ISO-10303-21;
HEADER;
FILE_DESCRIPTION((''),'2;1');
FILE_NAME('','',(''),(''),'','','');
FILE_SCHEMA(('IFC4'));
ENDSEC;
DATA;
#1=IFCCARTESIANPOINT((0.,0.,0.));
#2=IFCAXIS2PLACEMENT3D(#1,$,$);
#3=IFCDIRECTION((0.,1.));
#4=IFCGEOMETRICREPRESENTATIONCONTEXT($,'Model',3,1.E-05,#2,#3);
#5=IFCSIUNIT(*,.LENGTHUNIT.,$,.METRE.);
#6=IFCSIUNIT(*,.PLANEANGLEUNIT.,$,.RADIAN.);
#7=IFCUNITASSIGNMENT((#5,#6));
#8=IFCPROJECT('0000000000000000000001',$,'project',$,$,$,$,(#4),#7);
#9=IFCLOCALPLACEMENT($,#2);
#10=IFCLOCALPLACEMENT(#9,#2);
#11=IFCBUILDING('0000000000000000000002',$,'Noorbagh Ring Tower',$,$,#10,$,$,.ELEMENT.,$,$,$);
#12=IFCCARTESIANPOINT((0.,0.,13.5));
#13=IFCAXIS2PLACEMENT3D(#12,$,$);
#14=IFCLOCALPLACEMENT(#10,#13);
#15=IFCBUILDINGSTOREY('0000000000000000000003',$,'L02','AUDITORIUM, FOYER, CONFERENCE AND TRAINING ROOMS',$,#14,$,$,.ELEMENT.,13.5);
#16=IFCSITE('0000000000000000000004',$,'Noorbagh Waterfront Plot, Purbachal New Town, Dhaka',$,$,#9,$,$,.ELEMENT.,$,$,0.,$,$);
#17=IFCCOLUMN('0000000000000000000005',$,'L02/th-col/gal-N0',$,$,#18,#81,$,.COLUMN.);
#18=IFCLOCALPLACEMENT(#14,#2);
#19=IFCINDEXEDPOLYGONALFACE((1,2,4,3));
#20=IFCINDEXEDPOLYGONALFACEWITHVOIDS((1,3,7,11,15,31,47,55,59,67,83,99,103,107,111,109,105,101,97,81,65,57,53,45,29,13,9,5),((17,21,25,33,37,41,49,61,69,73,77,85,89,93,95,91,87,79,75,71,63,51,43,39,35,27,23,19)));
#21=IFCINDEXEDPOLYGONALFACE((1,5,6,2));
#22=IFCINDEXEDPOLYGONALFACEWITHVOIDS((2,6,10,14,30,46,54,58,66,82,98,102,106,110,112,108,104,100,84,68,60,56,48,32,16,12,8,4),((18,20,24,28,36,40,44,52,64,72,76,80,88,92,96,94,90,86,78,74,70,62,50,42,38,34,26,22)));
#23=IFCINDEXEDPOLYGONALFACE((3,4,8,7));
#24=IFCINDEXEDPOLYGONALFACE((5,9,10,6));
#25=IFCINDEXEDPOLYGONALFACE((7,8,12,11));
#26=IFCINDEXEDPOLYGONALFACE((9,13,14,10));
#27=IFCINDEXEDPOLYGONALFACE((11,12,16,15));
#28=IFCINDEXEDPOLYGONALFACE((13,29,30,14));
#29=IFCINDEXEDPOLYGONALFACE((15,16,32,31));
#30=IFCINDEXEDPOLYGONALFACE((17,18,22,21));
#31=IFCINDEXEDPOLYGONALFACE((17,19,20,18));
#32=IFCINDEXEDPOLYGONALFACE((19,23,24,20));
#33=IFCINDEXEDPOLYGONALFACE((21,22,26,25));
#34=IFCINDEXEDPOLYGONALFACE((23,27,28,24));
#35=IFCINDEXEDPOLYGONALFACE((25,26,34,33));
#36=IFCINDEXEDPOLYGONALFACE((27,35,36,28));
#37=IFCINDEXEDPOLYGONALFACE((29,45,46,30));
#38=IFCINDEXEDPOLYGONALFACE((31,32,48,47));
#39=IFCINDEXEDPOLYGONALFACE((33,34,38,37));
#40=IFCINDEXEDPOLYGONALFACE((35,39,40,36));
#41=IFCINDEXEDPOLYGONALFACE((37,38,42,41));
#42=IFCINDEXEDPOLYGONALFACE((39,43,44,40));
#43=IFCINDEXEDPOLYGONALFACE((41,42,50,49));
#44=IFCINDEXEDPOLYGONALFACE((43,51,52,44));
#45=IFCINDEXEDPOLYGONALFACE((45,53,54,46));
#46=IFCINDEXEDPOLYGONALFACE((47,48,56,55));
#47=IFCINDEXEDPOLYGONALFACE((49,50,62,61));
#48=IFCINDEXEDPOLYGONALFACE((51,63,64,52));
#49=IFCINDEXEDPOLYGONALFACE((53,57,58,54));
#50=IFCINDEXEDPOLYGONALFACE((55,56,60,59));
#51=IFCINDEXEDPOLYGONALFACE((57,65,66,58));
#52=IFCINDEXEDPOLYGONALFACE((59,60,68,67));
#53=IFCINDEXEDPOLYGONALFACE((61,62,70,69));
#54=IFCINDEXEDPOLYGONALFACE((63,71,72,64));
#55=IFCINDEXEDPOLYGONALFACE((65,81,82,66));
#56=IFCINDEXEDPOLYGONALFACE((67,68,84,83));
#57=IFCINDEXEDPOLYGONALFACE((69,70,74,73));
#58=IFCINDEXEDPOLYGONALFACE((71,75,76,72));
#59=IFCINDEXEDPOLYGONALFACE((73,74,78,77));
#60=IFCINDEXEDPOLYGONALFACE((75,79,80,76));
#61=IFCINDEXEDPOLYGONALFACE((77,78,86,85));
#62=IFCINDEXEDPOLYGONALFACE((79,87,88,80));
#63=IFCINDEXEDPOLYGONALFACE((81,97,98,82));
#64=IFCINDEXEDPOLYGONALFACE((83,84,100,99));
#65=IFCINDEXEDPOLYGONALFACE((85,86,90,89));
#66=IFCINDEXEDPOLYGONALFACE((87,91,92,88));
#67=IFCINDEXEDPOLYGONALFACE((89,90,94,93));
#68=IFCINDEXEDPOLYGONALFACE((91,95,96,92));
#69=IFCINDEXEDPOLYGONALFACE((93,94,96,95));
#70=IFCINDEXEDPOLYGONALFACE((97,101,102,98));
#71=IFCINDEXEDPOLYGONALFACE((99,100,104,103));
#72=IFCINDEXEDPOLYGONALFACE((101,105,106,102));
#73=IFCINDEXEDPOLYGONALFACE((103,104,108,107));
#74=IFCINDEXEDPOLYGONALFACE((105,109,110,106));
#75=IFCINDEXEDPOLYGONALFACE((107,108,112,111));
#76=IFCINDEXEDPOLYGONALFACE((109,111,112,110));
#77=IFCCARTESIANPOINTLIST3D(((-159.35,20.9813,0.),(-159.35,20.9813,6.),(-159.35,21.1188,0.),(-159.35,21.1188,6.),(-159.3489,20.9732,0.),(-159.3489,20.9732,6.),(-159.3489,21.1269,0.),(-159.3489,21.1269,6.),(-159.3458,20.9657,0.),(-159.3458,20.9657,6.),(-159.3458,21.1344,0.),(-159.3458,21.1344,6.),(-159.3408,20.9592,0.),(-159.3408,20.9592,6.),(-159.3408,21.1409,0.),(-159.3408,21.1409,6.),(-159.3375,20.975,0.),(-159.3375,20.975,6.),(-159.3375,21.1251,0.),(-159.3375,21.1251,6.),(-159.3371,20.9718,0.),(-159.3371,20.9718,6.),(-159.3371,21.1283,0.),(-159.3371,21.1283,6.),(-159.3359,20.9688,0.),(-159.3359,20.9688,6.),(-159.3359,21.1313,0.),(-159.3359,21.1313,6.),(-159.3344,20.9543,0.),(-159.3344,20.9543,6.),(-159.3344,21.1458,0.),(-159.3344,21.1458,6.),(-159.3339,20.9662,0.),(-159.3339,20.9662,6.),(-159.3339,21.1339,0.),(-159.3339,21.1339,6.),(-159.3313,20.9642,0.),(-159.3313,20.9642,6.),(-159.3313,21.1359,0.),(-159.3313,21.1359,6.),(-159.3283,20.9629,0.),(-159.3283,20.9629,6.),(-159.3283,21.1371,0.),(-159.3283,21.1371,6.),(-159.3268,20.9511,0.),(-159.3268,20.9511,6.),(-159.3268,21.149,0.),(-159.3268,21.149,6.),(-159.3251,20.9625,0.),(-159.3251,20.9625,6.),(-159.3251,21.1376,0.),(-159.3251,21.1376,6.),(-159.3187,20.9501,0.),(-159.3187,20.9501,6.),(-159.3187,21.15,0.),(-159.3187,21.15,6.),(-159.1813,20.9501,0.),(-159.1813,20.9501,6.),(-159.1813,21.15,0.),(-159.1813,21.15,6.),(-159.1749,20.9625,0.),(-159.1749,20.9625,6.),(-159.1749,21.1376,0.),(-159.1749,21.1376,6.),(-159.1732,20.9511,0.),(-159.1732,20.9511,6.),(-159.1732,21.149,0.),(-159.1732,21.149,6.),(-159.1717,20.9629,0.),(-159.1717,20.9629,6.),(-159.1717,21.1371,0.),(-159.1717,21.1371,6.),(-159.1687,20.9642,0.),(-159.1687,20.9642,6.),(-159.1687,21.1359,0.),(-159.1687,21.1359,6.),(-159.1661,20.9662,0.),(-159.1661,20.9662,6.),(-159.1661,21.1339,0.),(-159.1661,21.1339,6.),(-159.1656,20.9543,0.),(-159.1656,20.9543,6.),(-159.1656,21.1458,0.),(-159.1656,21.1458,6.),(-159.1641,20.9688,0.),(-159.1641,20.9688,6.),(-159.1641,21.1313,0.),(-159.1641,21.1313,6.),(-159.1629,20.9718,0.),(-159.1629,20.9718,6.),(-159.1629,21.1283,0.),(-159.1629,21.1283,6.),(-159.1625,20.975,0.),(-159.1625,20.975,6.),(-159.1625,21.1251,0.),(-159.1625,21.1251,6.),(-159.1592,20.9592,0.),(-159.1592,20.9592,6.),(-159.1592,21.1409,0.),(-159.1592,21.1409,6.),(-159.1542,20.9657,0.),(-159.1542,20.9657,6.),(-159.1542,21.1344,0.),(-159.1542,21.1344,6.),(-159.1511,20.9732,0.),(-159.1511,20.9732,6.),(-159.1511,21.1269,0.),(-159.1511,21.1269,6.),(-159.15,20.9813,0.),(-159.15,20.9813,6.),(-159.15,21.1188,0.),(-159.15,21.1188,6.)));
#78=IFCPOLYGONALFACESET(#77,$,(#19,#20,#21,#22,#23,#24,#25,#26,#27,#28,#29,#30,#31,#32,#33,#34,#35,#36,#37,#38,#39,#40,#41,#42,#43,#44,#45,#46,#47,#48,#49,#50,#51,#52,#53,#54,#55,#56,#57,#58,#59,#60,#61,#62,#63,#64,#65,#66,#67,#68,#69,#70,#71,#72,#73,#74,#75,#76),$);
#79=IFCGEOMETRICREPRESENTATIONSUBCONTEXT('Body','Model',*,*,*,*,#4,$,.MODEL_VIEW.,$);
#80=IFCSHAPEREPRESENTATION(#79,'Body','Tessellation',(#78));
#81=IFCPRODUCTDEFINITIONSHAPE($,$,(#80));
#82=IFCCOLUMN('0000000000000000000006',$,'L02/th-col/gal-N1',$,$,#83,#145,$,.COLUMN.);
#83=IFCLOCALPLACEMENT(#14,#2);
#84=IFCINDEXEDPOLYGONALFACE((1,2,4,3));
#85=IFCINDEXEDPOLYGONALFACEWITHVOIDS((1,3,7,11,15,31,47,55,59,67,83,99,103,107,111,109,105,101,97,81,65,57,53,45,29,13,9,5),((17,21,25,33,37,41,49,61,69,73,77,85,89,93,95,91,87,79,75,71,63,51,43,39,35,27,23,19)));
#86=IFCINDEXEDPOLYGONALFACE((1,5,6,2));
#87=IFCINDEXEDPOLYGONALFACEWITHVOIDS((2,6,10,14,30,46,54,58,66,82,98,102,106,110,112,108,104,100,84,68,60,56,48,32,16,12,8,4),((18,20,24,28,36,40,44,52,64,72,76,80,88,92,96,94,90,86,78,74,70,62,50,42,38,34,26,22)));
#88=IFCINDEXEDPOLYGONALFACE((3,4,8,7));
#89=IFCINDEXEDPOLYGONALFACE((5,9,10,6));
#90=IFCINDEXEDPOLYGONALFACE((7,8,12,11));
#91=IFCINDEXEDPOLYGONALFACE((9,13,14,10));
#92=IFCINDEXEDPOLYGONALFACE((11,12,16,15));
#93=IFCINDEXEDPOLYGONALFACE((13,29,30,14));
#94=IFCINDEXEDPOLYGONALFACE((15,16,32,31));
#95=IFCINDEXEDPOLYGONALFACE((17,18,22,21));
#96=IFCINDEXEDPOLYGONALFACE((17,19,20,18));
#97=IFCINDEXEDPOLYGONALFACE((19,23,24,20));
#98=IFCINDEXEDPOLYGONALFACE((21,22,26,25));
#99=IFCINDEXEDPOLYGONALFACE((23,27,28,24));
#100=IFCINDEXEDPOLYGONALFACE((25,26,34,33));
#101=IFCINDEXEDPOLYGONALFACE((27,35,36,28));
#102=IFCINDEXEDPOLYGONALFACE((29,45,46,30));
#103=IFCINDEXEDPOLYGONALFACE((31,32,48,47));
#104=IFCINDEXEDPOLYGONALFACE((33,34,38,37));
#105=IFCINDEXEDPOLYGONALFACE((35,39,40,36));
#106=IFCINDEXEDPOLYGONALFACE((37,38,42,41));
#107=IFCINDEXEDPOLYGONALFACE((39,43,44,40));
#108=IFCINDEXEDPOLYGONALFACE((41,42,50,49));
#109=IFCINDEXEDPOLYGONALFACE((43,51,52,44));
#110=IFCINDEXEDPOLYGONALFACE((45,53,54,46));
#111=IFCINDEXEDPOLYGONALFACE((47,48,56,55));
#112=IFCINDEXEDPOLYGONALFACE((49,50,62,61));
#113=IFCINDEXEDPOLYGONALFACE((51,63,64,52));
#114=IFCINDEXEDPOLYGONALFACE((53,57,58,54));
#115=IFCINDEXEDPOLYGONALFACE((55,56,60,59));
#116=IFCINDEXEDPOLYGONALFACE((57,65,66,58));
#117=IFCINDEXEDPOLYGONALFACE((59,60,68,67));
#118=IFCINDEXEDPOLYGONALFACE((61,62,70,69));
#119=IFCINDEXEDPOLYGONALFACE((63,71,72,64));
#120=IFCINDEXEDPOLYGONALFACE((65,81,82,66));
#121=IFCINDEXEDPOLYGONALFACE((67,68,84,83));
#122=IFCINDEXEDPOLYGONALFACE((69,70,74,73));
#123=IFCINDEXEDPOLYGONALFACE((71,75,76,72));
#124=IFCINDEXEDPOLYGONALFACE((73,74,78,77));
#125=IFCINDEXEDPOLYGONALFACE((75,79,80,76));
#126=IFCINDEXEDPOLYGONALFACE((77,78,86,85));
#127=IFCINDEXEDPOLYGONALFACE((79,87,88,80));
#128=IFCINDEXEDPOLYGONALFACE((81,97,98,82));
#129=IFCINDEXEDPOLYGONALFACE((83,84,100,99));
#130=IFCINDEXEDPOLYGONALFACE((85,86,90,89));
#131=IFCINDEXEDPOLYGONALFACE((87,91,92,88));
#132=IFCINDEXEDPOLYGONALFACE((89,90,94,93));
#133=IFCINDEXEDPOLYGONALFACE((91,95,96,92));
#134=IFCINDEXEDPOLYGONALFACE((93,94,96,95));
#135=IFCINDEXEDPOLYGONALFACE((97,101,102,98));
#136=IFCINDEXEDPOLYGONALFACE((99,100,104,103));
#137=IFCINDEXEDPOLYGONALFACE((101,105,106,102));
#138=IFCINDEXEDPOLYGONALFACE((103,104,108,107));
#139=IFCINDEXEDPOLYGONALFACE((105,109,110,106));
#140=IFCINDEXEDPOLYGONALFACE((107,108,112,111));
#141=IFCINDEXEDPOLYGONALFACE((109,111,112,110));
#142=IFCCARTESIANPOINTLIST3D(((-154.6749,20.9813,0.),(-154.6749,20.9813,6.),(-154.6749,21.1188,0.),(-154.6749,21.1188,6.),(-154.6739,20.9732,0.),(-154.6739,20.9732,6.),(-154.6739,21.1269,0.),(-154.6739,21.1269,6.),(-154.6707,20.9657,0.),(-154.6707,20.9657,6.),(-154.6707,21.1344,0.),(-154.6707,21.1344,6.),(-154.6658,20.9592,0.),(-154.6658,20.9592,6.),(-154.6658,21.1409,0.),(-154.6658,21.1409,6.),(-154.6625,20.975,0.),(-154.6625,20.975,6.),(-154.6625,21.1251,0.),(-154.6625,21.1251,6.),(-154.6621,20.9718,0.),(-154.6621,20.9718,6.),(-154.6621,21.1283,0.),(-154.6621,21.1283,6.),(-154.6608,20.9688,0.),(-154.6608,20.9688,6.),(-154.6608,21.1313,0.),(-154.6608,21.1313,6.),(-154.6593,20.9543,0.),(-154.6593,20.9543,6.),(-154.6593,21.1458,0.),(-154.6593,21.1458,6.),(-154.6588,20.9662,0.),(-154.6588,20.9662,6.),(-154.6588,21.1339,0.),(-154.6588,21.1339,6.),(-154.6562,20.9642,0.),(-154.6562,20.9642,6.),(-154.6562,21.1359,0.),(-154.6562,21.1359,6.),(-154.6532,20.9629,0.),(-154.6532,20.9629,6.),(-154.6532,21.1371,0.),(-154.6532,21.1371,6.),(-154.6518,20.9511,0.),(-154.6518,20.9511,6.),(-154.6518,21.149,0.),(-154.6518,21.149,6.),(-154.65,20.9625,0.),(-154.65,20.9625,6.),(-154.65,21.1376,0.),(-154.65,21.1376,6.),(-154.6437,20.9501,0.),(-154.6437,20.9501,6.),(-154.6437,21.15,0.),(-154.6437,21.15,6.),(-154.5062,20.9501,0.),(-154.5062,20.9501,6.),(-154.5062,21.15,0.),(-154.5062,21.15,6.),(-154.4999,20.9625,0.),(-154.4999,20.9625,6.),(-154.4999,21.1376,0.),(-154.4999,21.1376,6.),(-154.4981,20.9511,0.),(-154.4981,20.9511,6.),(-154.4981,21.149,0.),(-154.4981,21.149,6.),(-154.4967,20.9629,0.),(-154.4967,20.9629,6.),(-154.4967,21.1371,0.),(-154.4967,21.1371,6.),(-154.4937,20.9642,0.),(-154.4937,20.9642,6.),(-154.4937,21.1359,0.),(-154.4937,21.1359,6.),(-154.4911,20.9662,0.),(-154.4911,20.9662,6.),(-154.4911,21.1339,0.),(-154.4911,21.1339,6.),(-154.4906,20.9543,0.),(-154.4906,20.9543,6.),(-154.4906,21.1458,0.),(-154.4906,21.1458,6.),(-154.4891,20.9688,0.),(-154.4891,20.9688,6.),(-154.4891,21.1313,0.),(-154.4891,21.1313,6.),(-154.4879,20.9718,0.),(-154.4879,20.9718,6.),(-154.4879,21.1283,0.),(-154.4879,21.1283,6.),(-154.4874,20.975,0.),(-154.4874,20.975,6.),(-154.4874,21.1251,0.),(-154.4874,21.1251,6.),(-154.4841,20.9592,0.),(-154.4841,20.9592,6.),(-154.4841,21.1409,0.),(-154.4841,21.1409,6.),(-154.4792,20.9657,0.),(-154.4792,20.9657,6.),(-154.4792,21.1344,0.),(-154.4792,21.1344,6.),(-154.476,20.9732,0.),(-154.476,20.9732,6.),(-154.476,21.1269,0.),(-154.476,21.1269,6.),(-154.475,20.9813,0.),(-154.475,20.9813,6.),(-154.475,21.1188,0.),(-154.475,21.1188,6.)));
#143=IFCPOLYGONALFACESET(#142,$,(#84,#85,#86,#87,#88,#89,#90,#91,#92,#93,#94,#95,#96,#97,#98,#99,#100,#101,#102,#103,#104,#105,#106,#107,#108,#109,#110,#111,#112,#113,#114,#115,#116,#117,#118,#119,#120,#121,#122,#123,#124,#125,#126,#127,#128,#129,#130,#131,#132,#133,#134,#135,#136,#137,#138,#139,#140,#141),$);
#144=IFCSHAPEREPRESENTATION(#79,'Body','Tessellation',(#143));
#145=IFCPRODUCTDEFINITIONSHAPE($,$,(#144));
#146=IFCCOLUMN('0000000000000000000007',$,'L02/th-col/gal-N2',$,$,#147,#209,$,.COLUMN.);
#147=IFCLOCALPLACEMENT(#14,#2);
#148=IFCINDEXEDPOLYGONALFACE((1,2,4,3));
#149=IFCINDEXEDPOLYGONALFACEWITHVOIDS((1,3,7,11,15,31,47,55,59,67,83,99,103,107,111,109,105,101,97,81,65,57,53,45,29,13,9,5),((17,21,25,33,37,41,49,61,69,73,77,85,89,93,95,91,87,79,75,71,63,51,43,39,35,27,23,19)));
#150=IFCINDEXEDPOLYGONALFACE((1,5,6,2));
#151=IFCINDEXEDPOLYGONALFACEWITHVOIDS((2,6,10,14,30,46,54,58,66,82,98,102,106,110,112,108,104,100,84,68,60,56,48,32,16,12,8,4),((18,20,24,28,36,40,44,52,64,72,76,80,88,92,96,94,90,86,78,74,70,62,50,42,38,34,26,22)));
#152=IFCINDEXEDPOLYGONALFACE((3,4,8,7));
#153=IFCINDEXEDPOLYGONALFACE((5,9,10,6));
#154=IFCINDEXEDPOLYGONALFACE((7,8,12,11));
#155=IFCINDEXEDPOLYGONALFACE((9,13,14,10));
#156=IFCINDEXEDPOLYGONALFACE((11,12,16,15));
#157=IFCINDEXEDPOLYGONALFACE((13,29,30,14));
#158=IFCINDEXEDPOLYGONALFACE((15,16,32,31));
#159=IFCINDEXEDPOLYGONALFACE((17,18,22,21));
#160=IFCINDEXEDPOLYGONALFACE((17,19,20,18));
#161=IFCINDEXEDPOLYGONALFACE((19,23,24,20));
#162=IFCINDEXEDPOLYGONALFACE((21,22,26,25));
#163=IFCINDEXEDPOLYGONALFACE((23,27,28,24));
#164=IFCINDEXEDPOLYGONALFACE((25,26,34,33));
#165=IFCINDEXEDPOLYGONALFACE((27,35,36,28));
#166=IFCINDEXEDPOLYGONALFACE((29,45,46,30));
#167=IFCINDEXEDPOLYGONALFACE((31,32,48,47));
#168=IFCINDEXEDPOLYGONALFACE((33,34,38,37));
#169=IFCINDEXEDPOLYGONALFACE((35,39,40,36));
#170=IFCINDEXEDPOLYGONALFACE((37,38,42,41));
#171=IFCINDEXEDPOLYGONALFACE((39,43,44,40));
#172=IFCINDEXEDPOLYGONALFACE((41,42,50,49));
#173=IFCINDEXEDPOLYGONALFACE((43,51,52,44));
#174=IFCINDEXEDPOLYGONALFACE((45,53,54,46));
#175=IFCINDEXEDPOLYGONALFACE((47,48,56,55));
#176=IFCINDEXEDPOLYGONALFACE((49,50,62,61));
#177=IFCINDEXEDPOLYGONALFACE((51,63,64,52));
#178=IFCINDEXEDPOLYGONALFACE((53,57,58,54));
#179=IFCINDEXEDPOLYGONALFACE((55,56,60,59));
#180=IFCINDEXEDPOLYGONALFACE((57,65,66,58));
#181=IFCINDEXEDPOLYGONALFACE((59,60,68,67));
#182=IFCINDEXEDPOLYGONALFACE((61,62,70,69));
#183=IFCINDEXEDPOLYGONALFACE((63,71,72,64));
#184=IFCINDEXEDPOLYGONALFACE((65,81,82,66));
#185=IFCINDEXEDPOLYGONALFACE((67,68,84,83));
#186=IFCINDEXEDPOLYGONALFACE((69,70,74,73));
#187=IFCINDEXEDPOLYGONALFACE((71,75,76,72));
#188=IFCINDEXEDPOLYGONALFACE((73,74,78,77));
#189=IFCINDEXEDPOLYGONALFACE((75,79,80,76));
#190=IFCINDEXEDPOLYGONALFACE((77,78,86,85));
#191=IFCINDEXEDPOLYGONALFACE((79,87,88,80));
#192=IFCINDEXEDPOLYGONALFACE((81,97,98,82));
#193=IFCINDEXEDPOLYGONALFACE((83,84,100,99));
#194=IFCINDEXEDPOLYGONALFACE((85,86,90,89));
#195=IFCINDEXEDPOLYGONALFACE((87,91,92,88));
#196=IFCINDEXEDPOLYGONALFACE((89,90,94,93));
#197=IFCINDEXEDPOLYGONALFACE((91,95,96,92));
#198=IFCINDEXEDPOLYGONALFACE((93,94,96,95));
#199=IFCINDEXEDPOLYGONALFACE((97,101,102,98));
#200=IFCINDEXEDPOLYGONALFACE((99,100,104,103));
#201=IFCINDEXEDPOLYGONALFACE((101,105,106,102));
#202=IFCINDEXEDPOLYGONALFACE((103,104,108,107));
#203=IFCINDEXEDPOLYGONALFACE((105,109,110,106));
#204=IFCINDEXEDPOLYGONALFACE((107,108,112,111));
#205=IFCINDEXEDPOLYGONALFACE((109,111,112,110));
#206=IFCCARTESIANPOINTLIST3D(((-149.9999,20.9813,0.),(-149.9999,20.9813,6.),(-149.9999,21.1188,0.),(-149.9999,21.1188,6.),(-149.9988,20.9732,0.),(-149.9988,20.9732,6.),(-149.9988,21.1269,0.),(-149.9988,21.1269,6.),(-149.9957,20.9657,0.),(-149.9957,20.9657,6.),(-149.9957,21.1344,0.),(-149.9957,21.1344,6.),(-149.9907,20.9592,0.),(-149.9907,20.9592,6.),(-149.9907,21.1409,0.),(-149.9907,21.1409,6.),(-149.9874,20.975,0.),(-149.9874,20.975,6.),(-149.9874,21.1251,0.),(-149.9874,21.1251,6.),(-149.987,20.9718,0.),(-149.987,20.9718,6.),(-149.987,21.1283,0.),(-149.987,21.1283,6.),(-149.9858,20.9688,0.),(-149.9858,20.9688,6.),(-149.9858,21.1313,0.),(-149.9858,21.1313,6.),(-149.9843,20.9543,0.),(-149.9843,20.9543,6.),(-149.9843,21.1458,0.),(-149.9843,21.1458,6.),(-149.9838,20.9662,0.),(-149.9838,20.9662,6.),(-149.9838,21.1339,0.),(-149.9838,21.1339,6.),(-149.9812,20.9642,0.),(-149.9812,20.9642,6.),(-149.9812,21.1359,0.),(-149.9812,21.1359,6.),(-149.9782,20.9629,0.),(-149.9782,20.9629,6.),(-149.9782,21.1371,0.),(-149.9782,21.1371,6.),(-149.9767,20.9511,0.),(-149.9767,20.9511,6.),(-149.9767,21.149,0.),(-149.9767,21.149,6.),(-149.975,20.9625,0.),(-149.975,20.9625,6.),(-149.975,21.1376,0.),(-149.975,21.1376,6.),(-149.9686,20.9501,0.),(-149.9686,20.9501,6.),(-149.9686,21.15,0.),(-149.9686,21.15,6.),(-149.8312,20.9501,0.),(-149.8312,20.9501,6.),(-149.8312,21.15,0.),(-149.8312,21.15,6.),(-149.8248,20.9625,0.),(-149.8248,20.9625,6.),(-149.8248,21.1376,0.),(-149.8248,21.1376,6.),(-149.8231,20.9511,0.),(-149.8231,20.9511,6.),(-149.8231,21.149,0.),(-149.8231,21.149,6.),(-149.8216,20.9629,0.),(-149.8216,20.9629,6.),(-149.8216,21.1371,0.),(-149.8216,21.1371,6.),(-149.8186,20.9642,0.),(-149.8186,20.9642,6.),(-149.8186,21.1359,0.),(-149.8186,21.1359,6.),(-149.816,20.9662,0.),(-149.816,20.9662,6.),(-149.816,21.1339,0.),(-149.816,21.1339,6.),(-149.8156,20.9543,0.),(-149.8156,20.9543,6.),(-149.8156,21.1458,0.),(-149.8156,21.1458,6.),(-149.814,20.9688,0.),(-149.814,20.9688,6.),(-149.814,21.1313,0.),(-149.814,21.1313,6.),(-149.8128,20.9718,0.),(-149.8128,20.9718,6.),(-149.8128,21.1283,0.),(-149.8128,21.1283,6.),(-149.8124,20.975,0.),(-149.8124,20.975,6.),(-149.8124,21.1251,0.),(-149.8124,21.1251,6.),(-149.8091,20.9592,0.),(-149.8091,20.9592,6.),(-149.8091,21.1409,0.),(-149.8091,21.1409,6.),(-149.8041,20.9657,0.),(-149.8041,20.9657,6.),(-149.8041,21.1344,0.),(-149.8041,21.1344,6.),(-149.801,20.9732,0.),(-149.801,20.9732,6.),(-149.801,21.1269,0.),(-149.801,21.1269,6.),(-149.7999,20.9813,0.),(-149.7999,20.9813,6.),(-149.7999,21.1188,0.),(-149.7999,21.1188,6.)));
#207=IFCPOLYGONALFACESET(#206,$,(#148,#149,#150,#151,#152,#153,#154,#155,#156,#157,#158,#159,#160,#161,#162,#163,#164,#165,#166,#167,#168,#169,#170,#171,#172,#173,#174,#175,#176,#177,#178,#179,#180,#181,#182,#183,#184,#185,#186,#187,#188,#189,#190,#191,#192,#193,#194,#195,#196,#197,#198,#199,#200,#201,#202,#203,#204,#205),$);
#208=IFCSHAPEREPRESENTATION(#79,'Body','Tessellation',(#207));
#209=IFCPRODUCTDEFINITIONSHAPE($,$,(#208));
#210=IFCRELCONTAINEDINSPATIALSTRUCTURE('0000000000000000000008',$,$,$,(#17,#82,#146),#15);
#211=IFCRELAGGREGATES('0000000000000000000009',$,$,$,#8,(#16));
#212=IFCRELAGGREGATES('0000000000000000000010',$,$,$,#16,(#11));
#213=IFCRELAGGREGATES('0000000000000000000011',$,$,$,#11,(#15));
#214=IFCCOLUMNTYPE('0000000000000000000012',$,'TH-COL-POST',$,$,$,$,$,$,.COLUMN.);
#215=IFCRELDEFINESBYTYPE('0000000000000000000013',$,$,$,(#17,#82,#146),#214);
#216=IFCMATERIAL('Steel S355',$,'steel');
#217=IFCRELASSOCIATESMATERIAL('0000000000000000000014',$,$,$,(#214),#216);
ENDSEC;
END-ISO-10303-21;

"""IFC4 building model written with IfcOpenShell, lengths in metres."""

from ifc_helpers import new_model, si_unit, direction, frame, origin, origin_2d, place, context, subcontext, project, spatial, hollow_rectangle, extrude, material, material_profile, profile_set, type_object, element, save


model = new_model("IFC4")

# Units and contexts
model_context = context("Model", 3, precision=1e-05, world=origin(), true_north=direction((0.0, 1.0)))
body_context = subcontext(model_context, "Body", "Model", "MODEL_VIEW")
ifc_project = project(units=[si_unit("LENGTHUNIT", "METRE"), si_unit("PLANEANGLEUNIT", "RADIAN")], contexts=[model_context])

# Site, building, storey
site_placement = place(None, origin())
site = spatial("IfcSite", under=ifc_project, at=site_placement, Name="Noorbagh Waterfront Plot, Purbachal New Town, Dhaka", CompositionType="ELEMENT", RefElevation=0.0)
building_placement = place(site_placement, origin())
building = spatial("IfcBuilding", under=site, at=building_placement, Name="Noorbagh Ring Tower", CompositionType="ELEMENT")
storey_placement = place(building_placement, frame((0.0, 0.0, 13.5)))
storey = spatial("IfcBuildingStorey", under=building, at=storey_placement, Name="L02", Description="AUDITORIUM, FOYER, CONFERENCE AND TRAINING ROOMS", CompositionType="ELEMENT", Elevation=13.5)

# Columns
ifc_material_1 = material(Name="Steel S355", Category="steel")
ifc_material_profile = material_profile(ifc_material_1, hollow_rectangle(XDim=0.2, YDim=0.2, WallThickness=0.0125, InnerFilletRadius=0.0125, OuterFilletRadius=0.0312, at=origin_2d()), Name="SHS200x200x12.5")
ifc_profile_set = profile_set([ifc_material_profile], Name="Steel S355")
column_type = type_object("IfcColumnType", Name="TH-COL-POST", PredefinedType="COLUMN", material=ifc_profile_set)
for number, where, z_axis, x_axis, name in (
    (1, (-159.25, 21.05, 0.0), (0.0, 0.0, 1.0), (1.0, 0.0, 0.0), "L02/th-col/gal-N0"),
    (2, (-154.575, 21.05, 0.0), (0.0, 0.0, 1.0), (1.0, 0.0, 0.0), "L02/th-col/gal-N1"),
    (3, (-149.8999, 21.05, 0.0), (0.0, 0.0, 1.0), (1.0, 0.0, 0.0), "L02/th-col/gal-N2"),
):
    element("IfcColumn", number, at=place(storey_placement, frame(where, z_axis=z_axis, x_axis=x_axis)), inside=storey, type_object=column_type, Name=name, PredefinedType="COLUMN", context=body_context, shape_type="SweptSolid", body=[
        extrude(hollow_rectangle(XDim=0.2, YDim=0.2, WallThickness=0.0125, InnerFilletRadius=0.0125, OuterFilletRadius=0.0312, at=origin_2d()), origin(), (0.0, 0.0, 1.0), 6.0),
    ])

save(model, "model.ifc")
